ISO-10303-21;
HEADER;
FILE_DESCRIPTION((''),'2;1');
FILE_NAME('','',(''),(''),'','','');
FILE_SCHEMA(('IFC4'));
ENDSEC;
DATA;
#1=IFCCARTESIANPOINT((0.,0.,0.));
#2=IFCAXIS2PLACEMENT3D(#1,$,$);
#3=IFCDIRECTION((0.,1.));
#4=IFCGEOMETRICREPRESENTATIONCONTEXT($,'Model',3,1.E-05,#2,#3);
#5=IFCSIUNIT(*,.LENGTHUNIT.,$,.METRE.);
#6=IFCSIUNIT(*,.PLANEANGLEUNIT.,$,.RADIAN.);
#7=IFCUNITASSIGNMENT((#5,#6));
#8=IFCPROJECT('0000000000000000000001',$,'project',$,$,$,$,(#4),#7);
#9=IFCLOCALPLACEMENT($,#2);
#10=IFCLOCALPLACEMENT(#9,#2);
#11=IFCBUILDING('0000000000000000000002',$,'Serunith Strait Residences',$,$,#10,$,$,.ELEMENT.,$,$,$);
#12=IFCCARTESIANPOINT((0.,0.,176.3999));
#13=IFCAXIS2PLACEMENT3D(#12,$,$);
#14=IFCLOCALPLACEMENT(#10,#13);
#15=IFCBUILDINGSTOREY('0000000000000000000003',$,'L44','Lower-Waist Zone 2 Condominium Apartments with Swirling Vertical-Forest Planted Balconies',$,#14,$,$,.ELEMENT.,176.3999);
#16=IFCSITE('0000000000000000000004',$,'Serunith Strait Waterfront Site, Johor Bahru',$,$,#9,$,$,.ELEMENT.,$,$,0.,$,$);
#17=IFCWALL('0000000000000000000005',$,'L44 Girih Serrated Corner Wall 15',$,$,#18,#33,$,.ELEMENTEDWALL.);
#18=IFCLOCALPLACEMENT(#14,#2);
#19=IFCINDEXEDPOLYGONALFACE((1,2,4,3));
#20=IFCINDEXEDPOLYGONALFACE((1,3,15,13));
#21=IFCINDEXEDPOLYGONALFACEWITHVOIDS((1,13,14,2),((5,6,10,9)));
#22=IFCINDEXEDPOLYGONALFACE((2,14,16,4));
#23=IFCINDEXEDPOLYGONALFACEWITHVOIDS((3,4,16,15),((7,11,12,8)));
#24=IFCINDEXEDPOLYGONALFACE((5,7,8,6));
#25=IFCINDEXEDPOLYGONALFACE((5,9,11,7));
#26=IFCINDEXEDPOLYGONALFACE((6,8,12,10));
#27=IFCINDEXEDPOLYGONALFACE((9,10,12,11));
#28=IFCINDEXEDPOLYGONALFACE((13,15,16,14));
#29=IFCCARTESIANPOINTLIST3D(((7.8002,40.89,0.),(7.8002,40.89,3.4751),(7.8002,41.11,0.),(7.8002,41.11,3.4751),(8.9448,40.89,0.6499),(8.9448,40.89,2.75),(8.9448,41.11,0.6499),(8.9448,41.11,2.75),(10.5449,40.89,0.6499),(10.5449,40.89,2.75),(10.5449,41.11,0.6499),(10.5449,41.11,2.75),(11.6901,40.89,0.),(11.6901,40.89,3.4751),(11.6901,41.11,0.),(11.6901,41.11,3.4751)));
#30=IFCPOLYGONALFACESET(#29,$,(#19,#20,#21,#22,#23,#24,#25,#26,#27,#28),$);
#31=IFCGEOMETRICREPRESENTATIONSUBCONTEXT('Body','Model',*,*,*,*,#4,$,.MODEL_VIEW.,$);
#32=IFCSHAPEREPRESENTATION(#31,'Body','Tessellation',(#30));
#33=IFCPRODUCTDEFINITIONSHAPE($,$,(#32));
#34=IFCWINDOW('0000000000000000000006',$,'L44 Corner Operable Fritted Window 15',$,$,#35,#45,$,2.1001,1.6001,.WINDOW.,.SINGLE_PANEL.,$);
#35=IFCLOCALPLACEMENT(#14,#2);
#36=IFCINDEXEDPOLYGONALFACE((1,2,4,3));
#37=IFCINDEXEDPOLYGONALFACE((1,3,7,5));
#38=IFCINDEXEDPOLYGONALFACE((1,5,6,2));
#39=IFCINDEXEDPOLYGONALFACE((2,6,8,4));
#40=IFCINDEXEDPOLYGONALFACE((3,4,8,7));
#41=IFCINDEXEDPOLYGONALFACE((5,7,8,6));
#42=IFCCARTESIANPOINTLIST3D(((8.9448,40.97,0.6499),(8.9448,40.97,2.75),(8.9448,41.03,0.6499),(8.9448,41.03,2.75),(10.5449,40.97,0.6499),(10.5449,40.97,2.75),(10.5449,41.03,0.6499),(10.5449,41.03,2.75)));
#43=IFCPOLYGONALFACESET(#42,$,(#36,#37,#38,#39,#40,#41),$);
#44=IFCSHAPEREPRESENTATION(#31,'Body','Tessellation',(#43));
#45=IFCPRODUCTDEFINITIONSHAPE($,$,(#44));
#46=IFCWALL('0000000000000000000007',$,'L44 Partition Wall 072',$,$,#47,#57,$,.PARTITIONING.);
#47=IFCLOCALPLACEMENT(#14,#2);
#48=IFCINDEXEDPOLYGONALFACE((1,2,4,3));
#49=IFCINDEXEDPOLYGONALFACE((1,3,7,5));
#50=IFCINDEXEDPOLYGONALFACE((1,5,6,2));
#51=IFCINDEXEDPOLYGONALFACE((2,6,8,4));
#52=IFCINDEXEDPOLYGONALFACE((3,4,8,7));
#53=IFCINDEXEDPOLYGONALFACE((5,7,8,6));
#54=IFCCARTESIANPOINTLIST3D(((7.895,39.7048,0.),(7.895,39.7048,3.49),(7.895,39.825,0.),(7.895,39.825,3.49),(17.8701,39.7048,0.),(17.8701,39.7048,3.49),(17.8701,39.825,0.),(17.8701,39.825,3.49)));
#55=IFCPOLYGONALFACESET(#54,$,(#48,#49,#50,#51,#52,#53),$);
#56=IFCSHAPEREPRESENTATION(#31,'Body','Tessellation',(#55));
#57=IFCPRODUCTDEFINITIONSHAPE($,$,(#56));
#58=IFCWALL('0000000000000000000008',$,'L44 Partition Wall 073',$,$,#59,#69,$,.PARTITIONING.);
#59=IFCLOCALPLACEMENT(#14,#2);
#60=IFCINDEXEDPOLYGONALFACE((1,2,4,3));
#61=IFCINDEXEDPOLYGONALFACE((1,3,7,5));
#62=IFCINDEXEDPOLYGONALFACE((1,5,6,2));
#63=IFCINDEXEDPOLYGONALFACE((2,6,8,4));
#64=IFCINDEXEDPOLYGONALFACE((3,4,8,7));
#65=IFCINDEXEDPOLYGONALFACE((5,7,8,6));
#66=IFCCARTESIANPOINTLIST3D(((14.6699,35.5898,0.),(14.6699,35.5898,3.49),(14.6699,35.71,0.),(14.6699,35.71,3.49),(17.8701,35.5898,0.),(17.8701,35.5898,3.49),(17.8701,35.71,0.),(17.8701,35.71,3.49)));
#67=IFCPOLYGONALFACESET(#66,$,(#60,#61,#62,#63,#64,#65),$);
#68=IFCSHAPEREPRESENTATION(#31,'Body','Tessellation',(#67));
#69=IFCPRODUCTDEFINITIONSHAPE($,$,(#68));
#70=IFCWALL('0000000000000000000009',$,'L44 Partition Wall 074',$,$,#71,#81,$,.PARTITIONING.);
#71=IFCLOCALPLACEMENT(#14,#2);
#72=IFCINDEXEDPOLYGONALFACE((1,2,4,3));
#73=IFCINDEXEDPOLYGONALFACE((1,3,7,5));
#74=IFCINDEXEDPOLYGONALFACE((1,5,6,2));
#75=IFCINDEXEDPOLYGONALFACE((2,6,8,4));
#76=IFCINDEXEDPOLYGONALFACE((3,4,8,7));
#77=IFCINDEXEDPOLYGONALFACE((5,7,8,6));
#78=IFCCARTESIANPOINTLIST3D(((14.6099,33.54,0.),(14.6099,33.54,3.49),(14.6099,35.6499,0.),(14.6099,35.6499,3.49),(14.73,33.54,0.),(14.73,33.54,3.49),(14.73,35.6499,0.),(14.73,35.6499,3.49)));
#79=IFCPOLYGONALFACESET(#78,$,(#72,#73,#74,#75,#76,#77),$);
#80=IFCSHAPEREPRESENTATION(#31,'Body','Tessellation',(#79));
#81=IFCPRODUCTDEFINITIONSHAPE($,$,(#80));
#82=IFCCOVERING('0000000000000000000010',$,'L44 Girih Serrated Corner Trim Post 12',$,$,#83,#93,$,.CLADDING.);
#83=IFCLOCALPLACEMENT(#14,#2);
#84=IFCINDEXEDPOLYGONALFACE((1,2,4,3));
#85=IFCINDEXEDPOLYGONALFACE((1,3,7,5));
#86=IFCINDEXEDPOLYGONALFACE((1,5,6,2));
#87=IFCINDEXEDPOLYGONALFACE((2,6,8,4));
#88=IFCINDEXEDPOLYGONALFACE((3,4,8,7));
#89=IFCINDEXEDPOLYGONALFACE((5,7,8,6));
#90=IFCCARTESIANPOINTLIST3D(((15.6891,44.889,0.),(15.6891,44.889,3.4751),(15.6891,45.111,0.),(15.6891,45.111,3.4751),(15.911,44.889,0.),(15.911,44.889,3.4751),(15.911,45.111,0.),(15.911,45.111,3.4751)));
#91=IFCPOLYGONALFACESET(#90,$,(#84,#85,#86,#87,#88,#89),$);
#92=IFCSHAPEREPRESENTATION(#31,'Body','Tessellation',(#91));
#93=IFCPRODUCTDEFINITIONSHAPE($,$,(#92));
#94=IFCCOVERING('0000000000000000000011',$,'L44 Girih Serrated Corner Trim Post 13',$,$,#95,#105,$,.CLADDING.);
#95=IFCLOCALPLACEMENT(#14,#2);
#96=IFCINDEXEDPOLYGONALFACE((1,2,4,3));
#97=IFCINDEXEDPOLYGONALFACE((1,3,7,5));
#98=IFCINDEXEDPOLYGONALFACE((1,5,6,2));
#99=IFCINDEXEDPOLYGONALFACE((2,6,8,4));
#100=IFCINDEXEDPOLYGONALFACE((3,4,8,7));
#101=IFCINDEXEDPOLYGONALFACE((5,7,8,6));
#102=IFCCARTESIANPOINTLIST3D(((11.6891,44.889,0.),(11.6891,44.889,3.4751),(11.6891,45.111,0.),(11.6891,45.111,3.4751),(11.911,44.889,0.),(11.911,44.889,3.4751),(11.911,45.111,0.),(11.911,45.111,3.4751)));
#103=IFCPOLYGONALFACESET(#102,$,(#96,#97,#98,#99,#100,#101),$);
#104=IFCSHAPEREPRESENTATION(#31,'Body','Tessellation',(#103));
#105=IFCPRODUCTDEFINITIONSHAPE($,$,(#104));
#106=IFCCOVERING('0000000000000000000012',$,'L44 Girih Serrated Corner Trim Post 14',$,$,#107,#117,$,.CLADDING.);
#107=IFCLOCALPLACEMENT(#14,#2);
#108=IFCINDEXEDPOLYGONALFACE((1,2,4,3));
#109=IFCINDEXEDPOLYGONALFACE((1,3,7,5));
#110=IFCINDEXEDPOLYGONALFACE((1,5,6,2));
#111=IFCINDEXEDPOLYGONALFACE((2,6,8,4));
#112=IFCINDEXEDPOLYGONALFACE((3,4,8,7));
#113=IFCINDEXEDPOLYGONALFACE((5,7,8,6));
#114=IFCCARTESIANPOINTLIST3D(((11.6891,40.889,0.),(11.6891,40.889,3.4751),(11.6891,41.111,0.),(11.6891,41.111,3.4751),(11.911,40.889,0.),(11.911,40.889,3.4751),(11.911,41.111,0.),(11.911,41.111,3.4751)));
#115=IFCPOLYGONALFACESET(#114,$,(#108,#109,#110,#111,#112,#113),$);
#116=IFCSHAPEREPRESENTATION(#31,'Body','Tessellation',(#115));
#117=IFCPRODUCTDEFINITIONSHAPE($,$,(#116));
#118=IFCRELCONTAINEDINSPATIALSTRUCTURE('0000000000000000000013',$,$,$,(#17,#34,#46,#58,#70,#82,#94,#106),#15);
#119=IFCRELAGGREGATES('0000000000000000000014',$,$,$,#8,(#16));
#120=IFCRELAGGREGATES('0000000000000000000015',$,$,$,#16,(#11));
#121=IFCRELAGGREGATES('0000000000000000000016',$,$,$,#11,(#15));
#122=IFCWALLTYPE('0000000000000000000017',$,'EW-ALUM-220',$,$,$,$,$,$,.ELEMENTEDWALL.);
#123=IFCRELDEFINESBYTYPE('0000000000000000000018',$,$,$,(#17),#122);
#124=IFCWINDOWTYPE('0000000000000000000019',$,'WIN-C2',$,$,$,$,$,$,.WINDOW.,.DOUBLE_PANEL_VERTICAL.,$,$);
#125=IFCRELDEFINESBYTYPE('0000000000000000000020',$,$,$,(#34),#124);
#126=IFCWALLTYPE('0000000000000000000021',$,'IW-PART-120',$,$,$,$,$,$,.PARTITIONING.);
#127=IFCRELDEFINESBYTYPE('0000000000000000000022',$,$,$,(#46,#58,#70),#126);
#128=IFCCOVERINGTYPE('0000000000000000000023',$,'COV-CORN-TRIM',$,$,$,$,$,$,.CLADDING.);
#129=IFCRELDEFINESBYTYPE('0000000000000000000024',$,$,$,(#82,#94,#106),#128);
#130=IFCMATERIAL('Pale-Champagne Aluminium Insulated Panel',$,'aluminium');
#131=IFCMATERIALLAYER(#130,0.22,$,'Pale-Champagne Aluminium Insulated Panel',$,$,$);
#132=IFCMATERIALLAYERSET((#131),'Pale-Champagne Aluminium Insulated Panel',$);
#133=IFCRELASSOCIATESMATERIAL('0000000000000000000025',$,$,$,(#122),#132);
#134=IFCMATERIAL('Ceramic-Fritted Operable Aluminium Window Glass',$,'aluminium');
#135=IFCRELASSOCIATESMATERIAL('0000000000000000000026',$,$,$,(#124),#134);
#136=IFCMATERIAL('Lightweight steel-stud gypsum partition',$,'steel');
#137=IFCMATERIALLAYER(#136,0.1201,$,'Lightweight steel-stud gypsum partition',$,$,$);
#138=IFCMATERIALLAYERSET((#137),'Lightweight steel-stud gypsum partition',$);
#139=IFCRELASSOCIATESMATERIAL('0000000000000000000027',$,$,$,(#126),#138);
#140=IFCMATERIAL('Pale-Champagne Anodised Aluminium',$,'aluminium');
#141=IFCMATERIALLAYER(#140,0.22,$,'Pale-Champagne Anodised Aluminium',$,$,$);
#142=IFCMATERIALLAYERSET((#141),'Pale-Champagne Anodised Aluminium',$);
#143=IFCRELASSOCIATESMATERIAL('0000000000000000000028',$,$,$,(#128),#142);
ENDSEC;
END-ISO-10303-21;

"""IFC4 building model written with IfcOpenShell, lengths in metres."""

from ifc_helpers import new_model, si_unit, direction, frame, frame_2d, origin, origin_2d, place, context, subcontext, project, spatial, rectangle, extrude, source, transform, mapped, material, layer, layer_set, type_object, element, fill, save


model = new_model("IFC4")

# Units and contexts
model_context = context("Model", 3, precision=1e-05, world=origin(), true_north=direction((0.0, 1.0)))
body_context = subcontext(model_context, "Body", "Model", "MODEL_VIEW")
ifc_project = project(units=[si_unit("LENGTHUNIT", "METRE"), si_unit("PLANEANGLEUNIT", "RADIAN")], contexts=[model_context])

# Site, building, storey
site_placement = place(None, origin())
site = spatial("IfcSite", under=ifc_project, at=site_placement, Name="Serunith Strait Waterfront Site, Johor Bahru", CompositionType="ELEMENT", RefElevation=0.0)
building_placement = place(site_placement, origin())
building = spatial("IfcBuilding", under=site, at=building_placement, Name="Serunith Strait Residences", CompositionType="ELEMENT")
storey_placement = place(building_placement, frame((0.0, 0.0, 176.3999)))
storey = spatial("IfcBuildingStorey", under=building, at=storey_placement, Name="L44", Description="Lower-Waist Zone 2 Condominium Apartments with Swirling Vertical-Forest Planted Balconies", CompositionType="ELEMENT", Elevation=176.3999)

# Shared definitions
ifc_material_1 = material(Name="Pale-Champagne Anodised Aluminium", Category="aluminium")

# Wall, opening, window
ifc_material_2 = material(Name="Pale-Champagne Aluminium Insulated Panel", Category="aluminium")
ifc_layer_1 = layer(ifc_material_2, 0.22, Name="Pale-Champagne Aluminium Insulated Panel")
ifc_layer_set_1 = layer_set([ifc_layer_1], Name="Pale-Champagne Aluminium Insulated Panel")
wall_type_1 = type_object("IfcWallType", Name="EW-ALUM-220", PredefinedType="ELEMENTEDWALL", material=ifc_layer_set_1)
ifc_material_3 = material(Name="Ceramic-Fritted Operable Aluminium Window Glass", Category="aluminium")
window_type = type_object("IfcWindowType", Name="WIN-C2", PartitioningType="DOUBLE_PANEL_VERTICAL", PredefinedType="WINDOW", material=ifc_material_3)
shared_shape_1 = source(origin(), body_context, "Body", "SweptSolid", [
    extrude(rectangle(XDim=1.6001, YDim=2.1001, at=frame_2d((0.8, 1.05))), frame((0.0, 0.03, 0.0), z_axis=(0.0, -1.0, 0.0), x_axis=(1.0, 0.0, 0.0)), (0.0, 0.0, 1.0), 0.0601),
])
wall_1_placement = place(storey_placement, frame((11.6899, 41.0, 0.0), z_axis=(0.0, 0.0, 1.0), x_axis=(-1.0, 0.0, 0.0)))
wall_1 = element("IfcWall", 1, at=wall_1_placement, inside=storey, type_object=wall_type_1, Name="L44 Girih Serrated Corner Wall 15", PredefinedType="ELEMENTEDWALL", context=body_context, shape_type="SweptSolid", body=[
    extrude(rectangle(XDim=3.8899, YDim=0.22, at=frame_2d((1.9448, 0.0))), origin(), (0.0, 0.0, 1.0), 3.4751),
])
opening_1_placement = place(wall_1_placement, frame((1.145, 0.0, 0.6499)))
opening_1 = element("IfcOpeningElement", 2, at=opening_1_placement, cuts=wall_1, PredefinedType="OPENING", context=body_context, shape_type="SweptSolid", body=[
    extrude(rectangle(XDim=1.6001, YDim=2.1001, at=frame_2d((0.8, 1.05))), frame((0.0, 0.1201, 0.0), z_axis=(0.0, -1.0, 0.0), x_axis=(1.0, 0.0, 0.0)), (0.0, 0.0, 1.0), 0.24),
])
window_1_placement = place(opening_1_placement, origin())
window_1 = element("IfcWindow", 3, at=window_1_placement, inside=storey, type_object=window_type, Name="L44 Corner Operable Fritted Window 15", OverallHeight=2.1001, OverallWidth=1.6001, PartitioningType="SINGLE_PANEL", PredefinedType="WINDOW", context=body_context, shape_type="MappedRepresentation", body=[
    mapped(shared_shape_1, transform((0.0, 0.0, 0.0), scale=1.0)),
])
fill(opening_1, window_1)

# Walls
ifc_material_4 = material(Name="Lightweight steel-stud gypsum partition", Category="steel")
ifc_layer_2 = layer(ifc_material_4, 0.1201, Name="Lightweight steel-stud gypsum partition")
ifc_layer_set_2 = layer_set([ifc_layer_2], Name="Lightweight steel-stud gypsum partition")
wall_type_2 = type_object("IfcWallType", Name="IW-PART-120", PredefinedType="PARTITIONING", material=ifc_layer_set_2)
wall_2_placement = place(storey_placement, frame((7.895, 39.7649, 0.0), z_axis=(0.0, 0.0, 1.0), x_axis=(1.0, 0.0, 0.0)))
element("IfcWall", 4, at=wall_2_placement, inside=storey, type_object=wall_type_2, Name="L44 Partition Wall 072", PredefinedType="PARTITIONING", context=body_context, shape_type="SweptSolid", body=[
    extrude(rectangle(XDim=9.9751, YDim=0.1201, at=frame_2d((4.9875, 0.0))), origin(), (0.0, 0.0, 1.0), 3.49),
])
wall_3_placement = place(storey_placement, frame((14.6699, 35.6499, 0.0), z_axis=(0.0, 0.0, 1.0), x_axis=(1.0, 0.0, 0.0)))
element("IfcWall", 5, at=wall_3_placement, inside=storey, type_object=wall_type_2, Name="L44 Partition Wall 073", PredefinedType="PARTITIONING", context=body_context, shape_type="SweptSolid", body=[
    extrude(rectangle(XDim=3.2002, YDim=0.1201, at=frame_2d((1.6001, 0.0))), origin(), (0.0, 0.0, 1.0), 3.49),
])
wall_4_placement = place(storey_placement, frame((14.6699, 35.6499, 0.0), z_axis=(0.0, 0.0, 1.0), x_axis=(0.0, -1.0, 0.0)))
element("IfcWall", 6, at=wall_4_placement, inside=storey, type_object=wall_type_2, Name="L44 Partition Wall 074", PredefinedType="PARTITIONING", context=body_context, shape_type="SweptSolid", body=[
    extrude(rectangle(XDim=2.1099, YDim=0.1201, at=frame_2d((1.0549, 0.0))), origin(), (0.0, 0.0, 1.0), 3.49),
])

# Coverings
ifc_layer_3 = layer(ifc_material_1, 0.22, Name="Pale-Champagne Anodised Aluminium")
ifc_layer_set_3 = layer_set([ifc_layer_3], Name="Pale-Champagne Anodised Aluminium")
covering_type = type_object("IfcCoveringType", Name="COV-CORN-TRIM", PredefinedType="CLADDING", material=ifc_layer_set_3)
shared_shape_2 = source(origin(), body_context, "Body", "SweptSolid", [
    extrude(rectangle(XDim=0.2219, YDim=0.2219, at=origin_2d()), origin(), (0.0, 0.0, 1.0), 3.4751),
])
for number, where, z_axis, x_axis, name in (
    (7, (15.8, 45.0, 0.0), (0.0, 0.0, 1.0), (1.0, 0.0, 0.0), "L44 Girih Serrated Corner Trim Post 12"),
    (8, (11.8, 45.0, 0.0), (0.0, 0.0, 1.0), (1.0, 0.0, 0.0), "L44 Girih Serrated Corner Trim Post 13"),
    (9, (11.8, 41.0, 0.0), (0.0, 0.0, 1.0), (1.0, 0.0, 0.0), "L44 Girih Serrated Corner Trim Post 14"),
):
    element("IfcCovering", number, at=place(storey_placement, frame(where, z_axis=z_axis, x_axis=x_axis)), inside=storey, type_object=covering_type, Name=name, PredefinedType="CLADDING", context=body_context, shape_type="MappedRepresentation", body=[
        mapped(shared_shape_2, transform((0.0, 0.0, 0.0), scale=1.0)),
    ])

save(model, "model.ifc")
